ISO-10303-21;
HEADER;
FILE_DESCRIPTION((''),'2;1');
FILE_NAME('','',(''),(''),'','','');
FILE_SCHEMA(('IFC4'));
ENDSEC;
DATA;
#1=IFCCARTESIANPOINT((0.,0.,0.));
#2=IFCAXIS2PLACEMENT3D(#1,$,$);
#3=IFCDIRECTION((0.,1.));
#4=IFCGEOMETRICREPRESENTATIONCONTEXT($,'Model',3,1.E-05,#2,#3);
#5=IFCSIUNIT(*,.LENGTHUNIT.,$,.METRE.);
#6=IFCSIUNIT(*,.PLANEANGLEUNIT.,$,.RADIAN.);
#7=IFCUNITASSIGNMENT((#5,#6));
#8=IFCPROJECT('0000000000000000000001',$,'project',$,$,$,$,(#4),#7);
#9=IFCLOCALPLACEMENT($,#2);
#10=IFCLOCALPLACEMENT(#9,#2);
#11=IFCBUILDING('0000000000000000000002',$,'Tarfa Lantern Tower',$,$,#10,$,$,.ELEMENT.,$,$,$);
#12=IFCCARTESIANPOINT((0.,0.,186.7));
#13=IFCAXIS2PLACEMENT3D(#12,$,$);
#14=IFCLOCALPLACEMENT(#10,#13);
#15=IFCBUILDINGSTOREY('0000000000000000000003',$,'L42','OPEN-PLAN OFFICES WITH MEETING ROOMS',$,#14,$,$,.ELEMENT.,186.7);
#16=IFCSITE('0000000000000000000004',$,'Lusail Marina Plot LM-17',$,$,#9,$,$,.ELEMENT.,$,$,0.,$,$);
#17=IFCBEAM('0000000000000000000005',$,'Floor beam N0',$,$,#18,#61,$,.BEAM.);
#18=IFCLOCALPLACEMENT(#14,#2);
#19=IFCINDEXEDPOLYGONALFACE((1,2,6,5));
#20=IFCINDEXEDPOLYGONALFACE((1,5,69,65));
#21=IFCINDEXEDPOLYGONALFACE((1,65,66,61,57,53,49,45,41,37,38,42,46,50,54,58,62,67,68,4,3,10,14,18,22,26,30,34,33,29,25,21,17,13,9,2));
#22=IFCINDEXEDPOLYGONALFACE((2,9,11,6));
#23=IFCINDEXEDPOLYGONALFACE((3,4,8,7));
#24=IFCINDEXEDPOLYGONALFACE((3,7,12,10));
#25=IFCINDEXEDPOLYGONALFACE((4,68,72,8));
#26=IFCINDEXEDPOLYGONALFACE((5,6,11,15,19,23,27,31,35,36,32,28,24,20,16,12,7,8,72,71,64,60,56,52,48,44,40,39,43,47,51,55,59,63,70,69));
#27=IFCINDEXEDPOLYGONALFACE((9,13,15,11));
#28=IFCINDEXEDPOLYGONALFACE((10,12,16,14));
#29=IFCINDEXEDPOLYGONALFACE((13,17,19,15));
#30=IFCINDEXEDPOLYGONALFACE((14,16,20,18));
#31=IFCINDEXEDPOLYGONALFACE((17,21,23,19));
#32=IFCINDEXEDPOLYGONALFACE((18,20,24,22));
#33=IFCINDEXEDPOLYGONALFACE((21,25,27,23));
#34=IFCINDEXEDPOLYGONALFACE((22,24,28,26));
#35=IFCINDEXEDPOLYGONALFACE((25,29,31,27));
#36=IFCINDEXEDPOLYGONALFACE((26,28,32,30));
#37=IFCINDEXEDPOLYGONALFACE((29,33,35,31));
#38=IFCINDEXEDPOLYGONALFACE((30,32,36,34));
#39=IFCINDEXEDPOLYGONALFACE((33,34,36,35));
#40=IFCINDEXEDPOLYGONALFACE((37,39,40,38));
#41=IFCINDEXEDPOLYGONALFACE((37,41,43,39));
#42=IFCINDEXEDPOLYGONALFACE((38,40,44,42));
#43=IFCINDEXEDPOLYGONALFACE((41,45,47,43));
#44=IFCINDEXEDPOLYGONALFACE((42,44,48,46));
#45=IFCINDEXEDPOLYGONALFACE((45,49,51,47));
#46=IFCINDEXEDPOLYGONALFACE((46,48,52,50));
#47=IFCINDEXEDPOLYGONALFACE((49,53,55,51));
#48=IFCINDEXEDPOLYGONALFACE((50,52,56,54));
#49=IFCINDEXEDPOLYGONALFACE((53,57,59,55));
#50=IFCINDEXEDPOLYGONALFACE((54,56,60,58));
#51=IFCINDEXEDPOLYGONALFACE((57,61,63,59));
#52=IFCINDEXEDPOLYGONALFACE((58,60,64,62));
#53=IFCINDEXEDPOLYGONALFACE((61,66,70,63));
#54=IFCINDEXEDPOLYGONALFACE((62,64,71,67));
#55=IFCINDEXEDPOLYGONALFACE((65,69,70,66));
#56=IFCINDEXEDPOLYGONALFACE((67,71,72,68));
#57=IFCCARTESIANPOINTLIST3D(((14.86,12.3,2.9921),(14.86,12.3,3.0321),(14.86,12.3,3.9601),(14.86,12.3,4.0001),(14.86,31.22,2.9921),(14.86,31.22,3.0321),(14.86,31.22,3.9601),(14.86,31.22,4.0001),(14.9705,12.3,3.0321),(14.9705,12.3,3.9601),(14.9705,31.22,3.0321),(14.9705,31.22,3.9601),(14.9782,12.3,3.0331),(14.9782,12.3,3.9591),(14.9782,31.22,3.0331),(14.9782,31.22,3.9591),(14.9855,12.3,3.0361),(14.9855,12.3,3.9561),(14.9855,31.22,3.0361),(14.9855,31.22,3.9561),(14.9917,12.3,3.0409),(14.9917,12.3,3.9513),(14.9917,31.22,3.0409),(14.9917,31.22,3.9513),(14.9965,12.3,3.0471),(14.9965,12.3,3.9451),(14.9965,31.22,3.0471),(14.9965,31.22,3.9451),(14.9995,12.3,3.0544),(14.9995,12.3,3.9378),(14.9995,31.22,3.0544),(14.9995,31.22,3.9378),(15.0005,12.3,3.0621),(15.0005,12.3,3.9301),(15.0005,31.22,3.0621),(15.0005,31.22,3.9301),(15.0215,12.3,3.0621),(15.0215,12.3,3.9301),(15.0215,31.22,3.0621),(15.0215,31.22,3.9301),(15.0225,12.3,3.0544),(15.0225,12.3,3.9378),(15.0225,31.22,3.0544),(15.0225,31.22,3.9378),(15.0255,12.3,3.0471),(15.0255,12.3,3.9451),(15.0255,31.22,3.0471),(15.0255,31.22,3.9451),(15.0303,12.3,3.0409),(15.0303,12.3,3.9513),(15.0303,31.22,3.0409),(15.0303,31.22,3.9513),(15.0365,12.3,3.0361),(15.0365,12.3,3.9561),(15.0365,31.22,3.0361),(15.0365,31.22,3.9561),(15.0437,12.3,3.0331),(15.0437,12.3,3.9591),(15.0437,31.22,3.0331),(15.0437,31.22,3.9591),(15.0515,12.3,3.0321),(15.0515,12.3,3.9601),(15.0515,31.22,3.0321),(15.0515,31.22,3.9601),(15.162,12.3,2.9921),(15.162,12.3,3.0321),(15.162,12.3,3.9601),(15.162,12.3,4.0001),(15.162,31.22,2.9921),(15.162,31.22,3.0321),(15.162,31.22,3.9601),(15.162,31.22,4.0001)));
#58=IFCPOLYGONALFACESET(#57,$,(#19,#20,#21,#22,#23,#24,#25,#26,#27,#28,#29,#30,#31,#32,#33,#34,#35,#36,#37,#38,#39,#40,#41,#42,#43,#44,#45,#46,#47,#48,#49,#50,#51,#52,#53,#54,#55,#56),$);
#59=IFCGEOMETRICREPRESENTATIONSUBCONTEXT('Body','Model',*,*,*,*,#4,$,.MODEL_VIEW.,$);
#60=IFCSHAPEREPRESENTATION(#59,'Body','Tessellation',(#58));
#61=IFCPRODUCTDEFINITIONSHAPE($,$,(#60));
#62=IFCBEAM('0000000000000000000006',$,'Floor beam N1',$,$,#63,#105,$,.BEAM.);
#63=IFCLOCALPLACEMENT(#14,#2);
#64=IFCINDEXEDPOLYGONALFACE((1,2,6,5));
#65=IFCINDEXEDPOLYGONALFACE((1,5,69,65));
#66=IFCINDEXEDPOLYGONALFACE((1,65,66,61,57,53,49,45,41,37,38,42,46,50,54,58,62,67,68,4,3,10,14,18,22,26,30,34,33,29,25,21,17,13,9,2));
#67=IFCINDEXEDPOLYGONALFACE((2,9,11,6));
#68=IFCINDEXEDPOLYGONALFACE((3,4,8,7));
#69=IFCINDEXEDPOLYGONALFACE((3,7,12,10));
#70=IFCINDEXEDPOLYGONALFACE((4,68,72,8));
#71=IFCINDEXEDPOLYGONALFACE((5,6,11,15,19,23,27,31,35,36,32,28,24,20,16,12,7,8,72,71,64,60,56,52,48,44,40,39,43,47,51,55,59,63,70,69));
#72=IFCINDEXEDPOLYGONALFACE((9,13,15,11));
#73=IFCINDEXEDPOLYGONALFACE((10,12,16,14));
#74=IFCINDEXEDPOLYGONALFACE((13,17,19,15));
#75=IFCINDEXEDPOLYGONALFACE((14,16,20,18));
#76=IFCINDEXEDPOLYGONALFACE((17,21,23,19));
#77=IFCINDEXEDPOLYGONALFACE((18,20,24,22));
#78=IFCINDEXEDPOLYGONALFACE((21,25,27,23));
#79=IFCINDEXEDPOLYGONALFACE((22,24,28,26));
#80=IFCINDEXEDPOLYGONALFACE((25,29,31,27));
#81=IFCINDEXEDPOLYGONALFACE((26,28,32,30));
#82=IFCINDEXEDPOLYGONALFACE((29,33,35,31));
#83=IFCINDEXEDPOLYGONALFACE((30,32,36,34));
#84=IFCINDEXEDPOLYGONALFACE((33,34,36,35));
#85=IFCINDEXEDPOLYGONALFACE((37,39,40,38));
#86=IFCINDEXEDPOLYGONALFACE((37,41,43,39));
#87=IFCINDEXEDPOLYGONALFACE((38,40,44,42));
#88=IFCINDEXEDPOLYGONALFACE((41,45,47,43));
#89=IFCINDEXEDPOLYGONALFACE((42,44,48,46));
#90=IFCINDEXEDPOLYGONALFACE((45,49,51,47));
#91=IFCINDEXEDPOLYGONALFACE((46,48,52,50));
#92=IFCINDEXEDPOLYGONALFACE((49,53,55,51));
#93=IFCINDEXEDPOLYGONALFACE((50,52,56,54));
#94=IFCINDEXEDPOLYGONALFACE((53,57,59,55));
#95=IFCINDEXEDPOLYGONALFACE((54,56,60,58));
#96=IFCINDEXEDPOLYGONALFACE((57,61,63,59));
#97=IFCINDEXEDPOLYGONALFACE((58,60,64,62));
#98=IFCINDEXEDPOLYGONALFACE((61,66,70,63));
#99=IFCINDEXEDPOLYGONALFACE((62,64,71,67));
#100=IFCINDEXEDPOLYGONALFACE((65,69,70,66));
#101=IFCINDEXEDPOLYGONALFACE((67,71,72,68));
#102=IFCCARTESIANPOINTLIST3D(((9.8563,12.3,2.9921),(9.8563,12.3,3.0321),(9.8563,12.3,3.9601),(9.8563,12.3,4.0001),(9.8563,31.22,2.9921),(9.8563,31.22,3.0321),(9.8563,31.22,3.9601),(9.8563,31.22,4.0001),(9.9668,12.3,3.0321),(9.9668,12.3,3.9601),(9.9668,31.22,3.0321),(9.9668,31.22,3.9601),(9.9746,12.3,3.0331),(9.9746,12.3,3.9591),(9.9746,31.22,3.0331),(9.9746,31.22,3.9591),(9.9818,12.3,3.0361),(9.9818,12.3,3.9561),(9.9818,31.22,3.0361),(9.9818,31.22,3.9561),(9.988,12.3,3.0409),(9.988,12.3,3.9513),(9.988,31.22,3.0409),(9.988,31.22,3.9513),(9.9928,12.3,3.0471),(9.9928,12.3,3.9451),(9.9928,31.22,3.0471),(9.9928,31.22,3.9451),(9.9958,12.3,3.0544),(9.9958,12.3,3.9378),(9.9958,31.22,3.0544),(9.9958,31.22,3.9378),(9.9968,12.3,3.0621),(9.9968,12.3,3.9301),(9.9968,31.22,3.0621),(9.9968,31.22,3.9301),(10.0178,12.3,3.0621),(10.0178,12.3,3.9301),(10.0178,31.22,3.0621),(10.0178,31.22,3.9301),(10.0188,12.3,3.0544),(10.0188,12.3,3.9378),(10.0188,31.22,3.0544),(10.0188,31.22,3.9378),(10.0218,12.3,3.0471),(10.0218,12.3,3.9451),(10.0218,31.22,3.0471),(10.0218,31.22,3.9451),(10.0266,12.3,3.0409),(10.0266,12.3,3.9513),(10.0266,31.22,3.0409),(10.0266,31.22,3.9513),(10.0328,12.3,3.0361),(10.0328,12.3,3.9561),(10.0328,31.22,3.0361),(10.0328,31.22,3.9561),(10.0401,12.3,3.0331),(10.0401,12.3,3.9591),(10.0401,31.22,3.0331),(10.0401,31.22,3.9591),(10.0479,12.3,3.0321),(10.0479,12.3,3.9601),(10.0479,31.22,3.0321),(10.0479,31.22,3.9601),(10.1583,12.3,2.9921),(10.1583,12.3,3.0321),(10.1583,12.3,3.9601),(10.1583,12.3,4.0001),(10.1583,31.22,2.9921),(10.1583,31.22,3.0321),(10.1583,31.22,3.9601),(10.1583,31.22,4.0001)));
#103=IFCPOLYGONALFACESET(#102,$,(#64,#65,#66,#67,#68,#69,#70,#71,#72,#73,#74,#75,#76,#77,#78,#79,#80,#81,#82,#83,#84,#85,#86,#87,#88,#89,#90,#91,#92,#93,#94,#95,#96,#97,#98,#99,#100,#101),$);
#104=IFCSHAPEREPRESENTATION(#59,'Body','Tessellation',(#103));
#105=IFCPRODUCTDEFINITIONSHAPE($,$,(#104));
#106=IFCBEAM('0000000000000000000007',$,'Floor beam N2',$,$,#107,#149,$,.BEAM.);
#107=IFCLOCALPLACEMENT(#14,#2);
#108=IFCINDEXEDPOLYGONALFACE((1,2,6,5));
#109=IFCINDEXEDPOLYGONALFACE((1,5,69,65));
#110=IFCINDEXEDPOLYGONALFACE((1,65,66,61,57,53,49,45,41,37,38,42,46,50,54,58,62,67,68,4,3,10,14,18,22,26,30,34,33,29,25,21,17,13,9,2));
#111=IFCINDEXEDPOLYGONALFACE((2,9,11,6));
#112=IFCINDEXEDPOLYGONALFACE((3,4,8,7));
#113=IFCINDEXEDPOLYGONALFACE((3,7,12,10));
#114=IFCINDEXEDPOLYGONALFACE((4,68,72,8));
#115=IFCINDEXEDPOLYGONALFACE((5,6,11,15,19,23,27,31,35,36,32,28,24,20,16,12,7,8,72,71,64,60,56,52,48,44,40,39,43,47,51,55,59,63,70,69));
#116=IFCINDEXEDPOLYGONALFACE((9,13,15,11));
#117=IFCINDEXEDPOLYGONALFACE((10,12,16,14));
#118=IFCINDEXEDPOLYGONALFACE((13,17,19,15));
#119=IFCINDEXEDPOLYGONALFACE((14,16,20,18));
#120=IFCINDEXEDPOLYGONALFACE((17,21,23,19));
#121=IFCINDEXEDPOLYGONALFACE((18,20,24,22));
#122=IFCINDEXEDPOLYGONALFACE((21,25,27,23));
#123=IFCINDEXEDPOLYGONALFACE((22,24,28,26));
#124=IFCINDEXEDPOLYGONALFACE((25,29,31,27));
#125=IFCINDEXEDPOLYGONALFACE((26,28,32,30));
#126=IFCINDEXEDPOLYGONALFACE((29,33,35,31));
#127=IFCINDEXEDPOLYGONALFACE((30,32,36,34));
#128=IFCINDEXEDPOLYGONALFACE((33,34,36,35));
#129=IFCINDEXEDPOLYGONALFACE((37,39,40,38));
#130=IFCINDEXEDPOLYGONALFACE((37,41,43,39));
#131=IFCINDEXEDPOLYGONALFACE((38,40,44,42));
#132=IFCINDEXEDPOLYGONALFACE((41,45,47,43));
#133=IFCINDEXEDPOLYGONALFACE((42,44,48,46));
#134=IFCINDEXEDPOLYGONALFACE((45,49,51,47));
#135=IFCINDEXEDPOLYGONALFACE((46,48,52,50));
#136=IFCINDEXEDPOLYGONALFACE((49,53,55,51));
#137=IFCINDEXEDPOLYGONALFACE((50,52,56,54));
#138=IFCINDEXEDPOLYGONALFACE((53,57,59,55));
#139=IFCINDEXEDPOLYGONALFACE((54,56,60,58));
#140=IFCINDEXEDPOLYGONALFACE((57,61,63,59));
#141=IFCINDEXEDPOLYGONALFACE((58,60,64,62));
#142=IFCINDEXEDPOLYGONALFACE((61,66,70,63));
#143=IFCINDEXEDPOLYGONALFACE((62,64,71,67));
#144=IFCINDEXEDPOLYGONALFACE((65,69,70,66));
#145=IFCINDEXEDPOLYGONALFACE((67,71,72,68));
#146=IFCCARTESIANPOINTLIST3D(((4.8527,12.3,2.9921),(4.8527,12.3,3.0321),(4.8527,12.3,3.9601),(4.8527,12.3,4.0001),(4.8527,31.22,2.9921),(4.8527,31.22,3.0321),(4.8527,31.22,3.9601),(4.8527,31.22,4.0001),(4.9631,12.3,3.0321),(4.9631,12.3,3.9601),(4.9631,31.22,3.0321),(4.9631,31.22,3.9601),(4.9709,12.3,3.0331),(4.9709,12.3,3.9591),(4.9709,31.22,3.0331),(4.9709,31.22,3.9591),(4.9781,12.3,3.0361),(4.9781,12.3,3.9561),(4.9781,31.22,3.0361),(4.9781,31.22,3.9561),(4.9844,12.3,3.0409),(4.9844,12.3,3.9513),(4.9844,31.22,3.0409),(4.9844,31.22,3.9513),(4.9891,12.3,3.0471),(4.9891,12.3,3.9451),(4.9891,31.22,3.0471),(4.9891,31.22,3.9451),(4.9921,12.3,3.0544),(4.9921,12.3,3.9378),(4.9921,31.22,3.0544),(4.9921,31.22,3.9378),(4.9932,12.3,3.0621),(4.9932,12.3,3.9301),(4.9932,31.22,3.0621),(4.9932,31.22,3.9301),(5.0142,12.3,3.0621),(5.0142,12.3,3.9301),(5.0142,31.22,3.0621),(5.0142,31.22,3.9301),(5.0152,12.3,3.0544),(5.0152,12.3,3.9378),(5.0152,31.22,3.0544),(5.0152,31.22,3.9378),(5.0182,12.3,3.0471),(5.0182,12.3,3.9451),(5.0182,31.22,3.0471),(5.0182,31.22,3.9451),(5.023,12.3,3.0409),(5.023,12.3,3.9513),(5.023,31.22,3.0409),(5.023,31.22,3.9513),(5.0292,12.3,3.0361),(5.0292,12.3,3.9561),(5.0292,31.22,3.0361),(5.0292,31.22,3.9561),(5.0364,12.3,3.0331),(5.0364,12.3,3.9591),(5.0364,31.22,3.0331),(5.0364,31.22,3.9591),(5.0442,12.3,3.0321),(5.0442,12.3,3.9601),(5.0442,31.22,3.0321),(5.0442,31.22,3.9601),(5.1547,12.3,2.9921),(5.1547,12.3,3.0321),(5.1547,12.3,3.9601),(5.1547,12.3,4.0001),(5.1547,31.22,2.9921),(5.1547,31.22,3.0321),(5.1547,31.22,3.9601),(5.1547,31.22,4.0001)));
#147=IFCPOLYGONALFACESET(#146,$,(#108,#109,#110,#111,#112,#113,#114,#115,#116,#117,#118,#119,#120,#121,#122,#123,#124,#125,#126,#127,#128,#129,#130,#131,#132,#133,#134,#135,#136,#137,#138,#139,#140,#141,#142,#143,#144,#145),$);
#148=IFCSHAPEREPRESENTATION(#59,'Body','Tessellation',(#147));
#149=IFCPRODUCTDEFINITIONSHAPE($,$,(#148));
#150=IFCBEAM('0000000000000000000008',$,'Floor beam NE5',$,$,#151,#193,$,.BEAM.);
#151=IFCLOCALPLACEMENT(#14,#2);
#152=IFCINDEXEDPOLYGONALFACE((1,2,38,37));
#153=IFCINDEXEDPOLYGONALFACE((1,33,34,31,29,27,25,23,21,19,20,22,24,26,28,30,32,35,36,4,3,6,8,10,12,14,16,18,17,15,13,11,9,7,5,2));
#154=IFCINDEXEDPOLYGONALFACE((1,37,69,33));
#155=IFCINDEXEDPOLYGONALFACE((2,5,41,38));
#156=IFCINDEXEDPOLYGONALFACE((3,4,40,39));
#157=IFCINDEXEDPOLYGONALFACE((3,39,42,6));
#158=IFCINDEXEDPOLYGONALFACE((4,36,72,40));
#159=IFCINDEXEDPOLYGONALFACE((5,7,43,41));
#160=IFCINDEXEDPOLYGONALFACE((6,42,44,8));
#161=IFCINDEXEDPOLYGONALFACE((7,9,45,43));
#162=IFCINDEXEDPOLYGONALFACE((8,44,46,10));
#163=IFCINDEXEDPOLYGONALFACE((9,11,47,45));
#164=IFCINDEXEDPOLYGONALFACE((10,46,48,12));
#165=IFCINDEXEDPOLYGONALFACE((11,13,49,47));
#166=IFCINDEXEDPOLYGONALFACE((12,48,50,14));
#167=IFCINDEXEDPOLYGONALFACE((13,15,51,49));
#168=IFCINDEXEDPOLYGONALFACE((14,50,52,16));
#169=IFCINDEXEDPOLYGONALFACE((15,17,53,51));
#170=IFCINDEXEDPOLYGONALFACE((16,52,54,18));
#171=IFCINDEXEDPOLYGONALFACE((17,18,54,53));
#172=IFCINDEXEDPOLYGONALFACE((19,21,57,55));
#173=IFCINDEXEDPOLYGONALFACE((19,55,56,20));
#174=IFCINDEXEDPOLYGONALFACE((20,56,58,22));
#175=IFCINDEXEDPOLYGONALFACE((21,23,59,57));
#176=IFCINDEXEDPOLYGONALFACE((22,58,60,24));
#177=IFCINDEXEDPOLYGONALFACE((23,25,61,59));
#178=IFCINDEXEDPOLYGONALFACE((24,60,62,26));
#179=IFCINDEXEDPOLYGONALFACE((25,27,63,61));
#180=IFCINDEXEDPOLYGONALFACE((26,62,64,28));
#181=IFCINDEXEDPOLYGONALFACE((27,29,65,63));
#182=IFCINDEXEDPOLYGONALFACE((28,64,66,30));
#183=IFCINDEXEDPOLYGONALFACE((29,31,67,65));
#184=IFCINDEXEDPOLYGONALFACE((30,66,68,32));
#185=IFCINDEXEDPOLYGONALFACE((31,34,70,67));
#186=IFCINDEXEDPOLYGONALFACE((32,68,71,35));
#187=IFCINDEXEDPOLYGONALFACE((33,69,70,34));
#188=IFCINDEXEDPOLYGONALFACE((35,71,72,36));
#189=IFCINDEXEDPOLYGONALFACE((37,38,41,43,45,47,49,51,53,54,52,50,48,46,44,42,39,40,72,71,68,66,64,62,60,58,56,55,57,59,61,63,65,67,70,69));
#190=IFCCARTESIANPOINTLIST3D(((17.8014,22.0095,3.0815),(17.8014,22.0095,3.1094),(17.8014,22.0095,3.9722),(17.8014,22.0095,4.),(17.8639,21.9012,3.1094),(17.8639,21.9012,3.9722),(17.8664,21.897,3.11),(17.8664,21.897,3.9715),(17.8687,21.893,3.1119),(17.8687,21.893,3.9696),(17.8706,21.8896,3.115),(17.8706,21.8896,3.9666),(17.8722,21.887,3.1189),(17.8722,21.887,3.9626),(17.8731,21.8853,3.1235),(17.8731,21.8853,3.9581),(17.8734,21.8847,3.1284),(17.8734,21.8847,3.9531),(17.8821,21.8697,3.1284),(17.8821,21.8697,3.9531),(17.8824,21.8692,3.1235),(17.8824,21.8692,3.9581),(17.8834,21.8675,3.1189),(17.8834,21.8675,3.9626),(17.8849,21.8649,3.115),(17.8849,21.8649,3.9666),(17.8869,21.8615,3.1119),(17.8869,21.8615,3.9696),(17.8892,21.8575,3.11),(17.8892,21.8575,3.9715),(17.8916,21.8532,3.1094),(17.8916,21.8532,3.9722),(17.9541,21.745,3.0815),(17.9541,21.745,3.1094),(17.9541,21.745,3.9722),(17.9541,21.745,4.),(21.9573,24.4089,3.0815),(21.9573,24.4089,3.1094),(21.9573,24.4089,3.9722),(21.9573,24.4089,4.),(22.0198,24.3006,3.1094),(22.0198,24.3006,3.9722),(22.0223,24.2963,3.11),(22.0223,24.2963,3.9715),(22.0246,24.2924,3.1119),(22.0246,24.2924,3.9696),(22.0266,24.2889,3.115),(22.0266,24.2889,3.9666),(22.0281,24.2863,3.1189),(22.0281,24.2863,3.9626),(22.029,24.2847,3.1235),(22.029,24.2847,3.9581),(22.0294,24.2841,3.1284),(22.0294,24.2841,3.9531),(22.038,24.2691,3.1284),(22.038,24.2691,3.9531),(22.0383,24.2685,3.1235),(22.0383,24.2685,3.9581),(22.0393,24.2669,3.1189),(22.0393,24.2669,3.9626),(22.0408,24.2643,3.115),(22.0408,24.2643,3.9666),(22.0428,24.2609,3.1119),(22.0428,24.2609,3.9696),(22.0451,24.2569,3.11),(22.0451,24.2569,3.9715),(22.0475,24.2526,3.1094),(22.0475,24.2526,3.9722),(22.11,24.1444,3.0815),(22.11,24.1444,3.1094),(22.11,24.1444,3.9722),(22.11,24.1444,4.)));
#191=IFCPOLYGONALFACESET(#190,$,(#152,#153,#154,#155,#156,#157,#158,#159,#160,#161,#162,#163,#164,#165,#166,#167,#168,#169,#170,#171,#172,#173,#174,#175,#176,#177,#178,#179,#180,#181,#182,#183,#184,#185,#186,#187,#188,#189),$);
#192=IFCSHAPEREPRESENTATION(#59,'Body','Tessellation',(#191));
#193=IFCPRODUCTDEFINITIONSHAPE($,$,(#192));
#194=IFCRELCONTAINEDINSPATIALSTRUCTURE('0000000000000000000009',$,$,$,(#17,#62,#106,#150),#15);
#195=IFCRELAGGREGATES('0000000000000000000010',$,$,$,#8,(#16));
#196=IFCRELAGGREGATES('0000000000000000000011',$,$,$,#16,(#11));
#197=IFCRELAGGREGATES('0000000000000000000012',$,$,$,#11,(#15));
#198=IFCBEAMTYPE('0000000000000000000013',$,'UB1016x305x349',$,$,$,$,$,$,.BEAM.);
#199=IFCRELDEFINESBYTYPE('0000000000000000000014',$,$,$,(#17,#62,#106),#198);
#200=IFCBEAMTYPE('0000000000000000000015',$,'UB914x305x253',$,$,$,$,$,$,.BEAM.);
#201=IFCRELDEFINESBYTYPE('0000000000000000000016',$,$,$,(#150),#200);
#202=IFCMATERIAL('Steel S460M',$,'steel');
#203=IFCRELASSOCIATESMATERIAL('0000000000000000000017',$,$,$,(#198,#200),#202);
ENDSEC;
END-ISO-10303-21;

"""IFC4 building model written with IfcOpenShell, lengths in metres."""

from ifc_helpers import new_model, si_unit, direction, frame, origin, origin_2d, place, context, subcontext, project, spatial, i_section, extrude, material, material_profile, profile_set, type_object, element, save


model = new_model("IFC4")

# Units and contexts
model_context = context("Model", 3, precision=1e-05, world=origin(), true_north=direction((0.0, 1.0)))
body_context = subcontext(model_context, "Body", "Model", "MODEL_VIEW")
ifc_project = project(units=[si_unit("LENGTHUNIT", "METRE"), si_unit("PLANEANGLEUNIT", "RADIAN")], contexts=[model_context])

# Site, building, storey
site_placement = place(None, origin())
site = spatial("IfcSite", under=ifc_project, at=site_placement, Name="Lusail Marina Plot LM-17", CompositionType="ELEMENT", RefElevation=0.0)
building_placement = place(site_placement, origin())
building = spatial("IfcBuilding", under=site, at=building_placement, Name="Tarfa Lantern Tower", CompositionType="ELEMENT")
storey_placement = place(building_placement, frame((0.0, 0.0, 186.7)))
storey = spatial("IfcBuildingStorey", under=building, at=storey_placement, Name="L42", Description="OPEN-PLAN OFFICES WITH MEETING ROOMS", CompositionType="ELEMENT", Elevation=186.7)

# Beams
ifc_material_1 = material(Name="Steel S460M", Category="steel")
ifc_material_profile_1 = material_profile(ifc_material_1, i_section(OverallWidth=0.302, OverallDepth=1.0081, WebThickness=0.021, FlangeThickness=0.04, FilletRadius=0.03, at=origin_2d()), Name="UB1016x305x349")
ifc_profile_set_1 = profile_set([ifc_material_profile_1], Name="Steel S460M")
beam_type_1 = type_object("IfcBeamType", Name="UB1016x305x349", PredefinedType="BEAM", material=ifc_profile_set_1)
for number, where, z_axis, x_axis, name in (
    (1, (15.011, 31.22, 3.4961), (0.0, -1.0, 0.0), (1.0, 0.0, 0.0), "Floor beam N0"),
    (2, (10.0073, 31.22, 3.4961), (0.0, -1.0, 0.0), (1.0, 0.0, 0.0), "Floor beam N1"),
    (3, (5.0037, 31.22, 3.4961), (0.0, -1.0, 0.0), (1.0, 0.0, 0.0), "Floor beam N2"),
):
    element("IfcBeam", number, at=place(storey_placement, frame(where, z_axis=z_axis, x_axis=x_axis)), inside=storey, type_object=beam_type_1, Name=name, PredefinedType="BEAM", context=body_context, shape_type="SweptSolid", body=[
        extrude(i_section(OverallWidth=0.302, OverallDepth=1.0081, WebThickness=0.021, FlangeThickness=0.04, FilletRadius=0.03, at=origin_2d()), origin(), (0.0, 0.0, 1.0), 18.9199),
    ])
ifc_material_profile_2 = material_profile(ifc_material_1, i_section(OverallWidth=0.3054, OverallDepth=0.9185, WebThickness=0.0173, FlangeThickness=0.0278, FilletRadius=0.019, at=origin_2d()), Name="UB914x305x253")
ifc_profile_set_2 = profile_set([ifc_material_profile_2], Name="Steel S460M")
beam_type_2 = type_object("IfcBeamType", Name="UB914x305x253", PredefinedType="BEAM", material=ifc_profile_set_2)
beam_1_placement = place(storey_placement, frame((22.0337, 24.2766, 3.5408), z_axis=(-0.866031, -0.499991, 0.0), x_axis=(0.499991, -0.866031, 0.0)))
element("IfcBeam", 4, at=beam_1_placement, inside=storey, type_object=beam_type_2, Name="Floor beam NE5", PredefinedType="BEAM", context=body_context, shape_type="SweptSolid", body=[
    extrude(i_section(OverallWidth=0.3054, OverallDepth=0.9185, WebThickness=0.0173, FlangeThickness=0.0278, FilletRadius=0.019, at=origin_2d()), origin(), (0.0, 0.0, 1.0), 4.7988),
])

save(model, "model.ifc")
